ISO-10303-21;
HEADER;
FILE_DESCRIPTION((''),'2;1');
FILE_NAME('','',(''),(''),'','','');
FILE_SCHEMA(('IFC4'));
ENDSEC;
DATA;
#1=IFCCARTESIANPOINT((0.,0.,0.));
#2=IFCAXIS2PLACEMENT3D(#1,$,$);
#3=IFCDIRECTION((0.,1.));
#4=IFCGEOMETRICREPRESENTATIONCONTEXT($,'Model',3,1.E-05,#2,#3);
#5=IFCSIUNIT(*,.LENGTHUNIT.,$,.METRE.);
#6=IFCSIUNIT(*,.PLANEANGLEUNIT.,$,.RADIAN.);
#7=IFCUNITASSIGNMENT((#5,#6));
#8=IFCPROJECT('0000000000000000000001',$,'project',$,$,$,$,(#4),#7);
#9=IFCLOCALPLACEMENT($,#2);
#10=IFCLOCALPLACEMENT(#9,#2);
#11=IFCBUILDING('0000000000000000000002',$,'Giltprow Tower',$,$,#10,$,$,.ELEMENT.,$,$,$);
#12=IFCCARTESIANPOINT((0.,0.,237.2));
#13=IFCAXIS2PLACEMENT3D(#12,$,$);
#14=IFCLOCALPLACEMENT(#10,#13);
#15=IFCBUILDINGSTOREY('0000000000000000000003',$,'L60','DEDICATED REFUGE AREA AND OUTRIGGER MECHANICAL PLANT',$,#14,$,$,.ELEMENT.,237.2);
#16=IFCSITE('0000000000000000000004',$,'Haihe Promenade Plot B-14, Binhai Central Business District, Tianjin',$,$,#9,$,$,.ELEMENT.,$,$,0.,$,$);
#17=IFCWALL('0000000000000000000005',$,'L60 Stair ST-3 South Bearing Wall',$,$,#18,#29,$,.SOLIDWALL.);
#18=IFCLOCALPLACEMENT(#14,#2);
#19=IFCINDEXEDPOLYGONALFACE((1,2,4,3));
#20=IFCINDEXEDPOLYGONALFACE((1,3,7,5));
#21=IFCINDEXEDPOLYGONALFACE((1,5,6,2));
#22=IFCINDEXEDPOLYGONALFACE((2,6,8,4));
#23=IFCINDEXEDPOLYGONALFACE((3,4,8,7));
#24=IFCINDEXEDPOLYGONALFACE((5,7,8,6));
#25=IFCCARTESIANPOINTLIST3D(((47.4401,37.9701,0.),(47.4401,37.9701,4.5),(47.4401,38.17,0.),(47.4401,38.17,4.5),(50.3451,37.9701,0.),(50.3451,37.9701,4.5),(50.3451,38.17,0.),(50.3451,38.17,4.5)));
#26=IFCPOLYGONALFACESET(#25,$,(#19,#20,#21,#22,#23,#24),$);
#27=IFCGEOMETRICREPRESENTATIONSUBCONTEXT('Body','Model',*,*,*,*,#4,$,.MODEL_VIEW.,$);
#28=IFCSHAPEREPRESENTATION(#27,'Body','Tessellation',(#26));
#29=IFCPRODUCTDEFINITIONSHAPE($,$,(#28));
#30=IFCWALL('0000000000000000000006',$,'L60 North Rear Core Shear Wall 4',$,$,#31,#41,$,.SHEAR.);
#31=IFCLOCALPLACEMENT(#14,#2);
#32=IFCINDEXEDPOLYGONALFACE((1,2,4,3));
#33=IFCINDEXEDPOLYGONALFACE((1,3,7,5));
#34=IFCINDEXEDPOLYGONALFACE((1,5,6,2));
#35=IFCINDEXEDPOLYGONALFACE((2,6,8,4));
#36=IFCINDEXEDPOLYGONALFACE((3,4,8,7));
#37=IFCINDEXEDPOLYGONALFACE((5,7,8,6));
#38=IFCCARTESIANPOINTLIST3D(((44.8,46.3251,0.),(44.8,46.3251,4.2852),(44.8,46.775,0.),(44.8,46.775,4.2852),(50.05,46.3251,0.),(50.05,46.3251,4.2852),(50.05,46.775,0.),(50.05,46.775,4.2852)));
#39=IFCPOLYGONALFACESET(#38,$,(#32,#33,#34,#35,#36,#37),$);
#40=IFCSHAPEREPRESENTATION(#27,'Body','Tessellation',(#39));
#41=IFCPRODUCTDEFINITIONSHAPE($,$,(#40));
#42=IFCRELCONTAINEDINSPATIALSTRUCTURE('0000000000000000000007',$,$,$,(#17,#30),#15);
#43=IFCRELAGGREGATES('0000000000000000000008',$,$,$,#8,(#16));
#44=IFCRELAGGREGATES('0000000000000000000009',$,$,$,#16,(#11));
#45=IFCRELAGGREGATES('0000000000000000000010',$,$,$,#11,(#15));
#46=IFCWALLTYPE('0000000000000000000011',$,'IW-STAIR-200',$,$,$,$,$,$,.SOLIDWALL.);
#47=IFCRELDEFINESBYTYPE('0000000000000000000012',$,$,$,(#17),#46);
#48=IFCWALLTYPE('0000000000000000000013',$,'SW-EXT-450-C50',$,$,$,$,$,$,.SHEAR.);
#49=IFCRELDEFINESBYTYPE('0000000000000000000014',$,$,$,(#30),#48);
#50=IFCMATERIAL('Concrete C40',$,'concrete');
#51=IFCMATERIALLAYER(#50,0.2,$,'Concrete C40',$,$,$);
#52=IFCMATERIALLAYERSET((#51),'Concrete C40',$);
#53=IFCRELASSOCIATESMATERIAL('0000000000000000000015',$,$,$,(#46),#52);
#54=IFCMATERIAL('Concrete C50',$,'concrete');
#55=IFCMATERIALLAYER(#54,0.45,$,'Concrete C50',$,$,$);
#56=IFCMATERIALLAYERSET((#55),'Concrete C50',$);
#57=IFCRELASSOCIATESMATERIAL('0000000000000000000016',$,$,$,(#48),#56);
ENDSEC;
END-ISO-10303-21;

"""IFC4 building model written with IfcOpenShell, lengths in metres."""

from ifc_helpers import new_model, si_unit, direction, frame, frame_2d, origin, place, context, subcontext, project, spatial, rectangle, extrude, material, layer, layer_set, type_object, element, save


model = new_model("IFC4")

# Units and contexts
model_context = context("Model", 3, precision=1e-05, world=origin(), true_north=direction((0.0, 1.0)))
body_context = subcontext(model_context, "Body", "Model", "MODEL_VIEW")
ifc_project = project(units=[si_unit("LENGTHUNIT", "METRE"), si_unit("PLANEANGLEUNIT", "RADIAN")], contexts=[model_context])

# Site, building, storey
site_placement = place(None, origin())
site = spatial("IfcSite", under=ifc_project, at=site_placement, Name="Haihe Promenade Plot B-14, Binhai Central Business District, Tianjin", CompositionType="ELEMENT", RefElevation=0.0)
building_placement = place(site_placement, origin())
building = spatial("IfcBuilding", under=site, at=building_placement, Name="Giltprow Tower", CompositionType="ELEMENT")
storey_placement = place(building_placement, frame((0.0, 0.0, 237.2)))
storey = spatial("IfcBuildingStorey", under=building, at=storey_placement, Name="L60", Description="DEDICATED REFUGE AREA AND OUTRIGGER MECHANICAL PLANT", CompositionType="ELEMENT", Elevation=237.2)

# Shared definitions
ifc_material_1 = material(Name="Concrete C50", Category="concrete")

# Shared definitions
ifc_material_2 = material(Name="Concrete C40", Category="concrete")

# Shared definitions
ifc_layer_1 = layer(ifc_material_2, 0.2, Name="Concrete C40")
ifc_layer_set_1 = layer_set([ifc_layer_1], Name="Concrete C40")
wall_type_1 = type_object("IfcWallType", Name="IW-STAIR-200", PredefinedType="SOLIDWALL", material=ifc_layer_set_1)

# Walls
for number, where, z_axis, x_axis, name in (
    (1, (47.4399, 38.0701, 0.0), (0.0, 0.0, 1.0), (1.0, 0.0, 0.0), "L60 Stair ST-3 South Bearing Wall"),
):
    element("IfcWall", number, at=place(storey_placement, frame(where, z_axis=z_axis, x_axis=x_axis)), inside=storey, type_object=wall_type_1, Name=name, PredefinedType="SOLIDWALL", context=body_context, shape_type="SweptSolid", body=[
        extrude(rectangle(XDim=2.905, YDim=0.2, at=frame_2d((1.4526, 0.0))), origin(), (0.0, 0.0, 1.0), 4.5),
    ])
ifc_layer_2 = layer(ifc_material_1, 0.45, Name="Concrete C50")
ifc_layer_set_2 = layer_set([ifc_layer_2], Name="Concrete C50")
wall_type_2 = type_object("IfcWallType", Name="SW-EXT-450-C50", PredefinedType="SHEAR", material=ifc_layer_set_2)
wall_1_placement = place(storey_placement, frame((44.8, 46.55, 0.0), z_axis=(0.0, 0.0, 1.0), x_axis=(1.0, 0.0, 0.0)))
element("IfcWall", 2, at=wall_1_placement, inside=storey, type_object=wall_type_2, Name="L60 North Rear Core Shear Wall 4", PredefinedType="SHEAR", context=body_context, shape_type="SweptSolid", body=[
    extrude(rectangle(XDim=5.25, YDim=0.45, at=frame_2d((2.625, 0.0))), origin(), (0.0, 0.0, 1.0), 4.2852),
])

save(model, "model.ifc")
